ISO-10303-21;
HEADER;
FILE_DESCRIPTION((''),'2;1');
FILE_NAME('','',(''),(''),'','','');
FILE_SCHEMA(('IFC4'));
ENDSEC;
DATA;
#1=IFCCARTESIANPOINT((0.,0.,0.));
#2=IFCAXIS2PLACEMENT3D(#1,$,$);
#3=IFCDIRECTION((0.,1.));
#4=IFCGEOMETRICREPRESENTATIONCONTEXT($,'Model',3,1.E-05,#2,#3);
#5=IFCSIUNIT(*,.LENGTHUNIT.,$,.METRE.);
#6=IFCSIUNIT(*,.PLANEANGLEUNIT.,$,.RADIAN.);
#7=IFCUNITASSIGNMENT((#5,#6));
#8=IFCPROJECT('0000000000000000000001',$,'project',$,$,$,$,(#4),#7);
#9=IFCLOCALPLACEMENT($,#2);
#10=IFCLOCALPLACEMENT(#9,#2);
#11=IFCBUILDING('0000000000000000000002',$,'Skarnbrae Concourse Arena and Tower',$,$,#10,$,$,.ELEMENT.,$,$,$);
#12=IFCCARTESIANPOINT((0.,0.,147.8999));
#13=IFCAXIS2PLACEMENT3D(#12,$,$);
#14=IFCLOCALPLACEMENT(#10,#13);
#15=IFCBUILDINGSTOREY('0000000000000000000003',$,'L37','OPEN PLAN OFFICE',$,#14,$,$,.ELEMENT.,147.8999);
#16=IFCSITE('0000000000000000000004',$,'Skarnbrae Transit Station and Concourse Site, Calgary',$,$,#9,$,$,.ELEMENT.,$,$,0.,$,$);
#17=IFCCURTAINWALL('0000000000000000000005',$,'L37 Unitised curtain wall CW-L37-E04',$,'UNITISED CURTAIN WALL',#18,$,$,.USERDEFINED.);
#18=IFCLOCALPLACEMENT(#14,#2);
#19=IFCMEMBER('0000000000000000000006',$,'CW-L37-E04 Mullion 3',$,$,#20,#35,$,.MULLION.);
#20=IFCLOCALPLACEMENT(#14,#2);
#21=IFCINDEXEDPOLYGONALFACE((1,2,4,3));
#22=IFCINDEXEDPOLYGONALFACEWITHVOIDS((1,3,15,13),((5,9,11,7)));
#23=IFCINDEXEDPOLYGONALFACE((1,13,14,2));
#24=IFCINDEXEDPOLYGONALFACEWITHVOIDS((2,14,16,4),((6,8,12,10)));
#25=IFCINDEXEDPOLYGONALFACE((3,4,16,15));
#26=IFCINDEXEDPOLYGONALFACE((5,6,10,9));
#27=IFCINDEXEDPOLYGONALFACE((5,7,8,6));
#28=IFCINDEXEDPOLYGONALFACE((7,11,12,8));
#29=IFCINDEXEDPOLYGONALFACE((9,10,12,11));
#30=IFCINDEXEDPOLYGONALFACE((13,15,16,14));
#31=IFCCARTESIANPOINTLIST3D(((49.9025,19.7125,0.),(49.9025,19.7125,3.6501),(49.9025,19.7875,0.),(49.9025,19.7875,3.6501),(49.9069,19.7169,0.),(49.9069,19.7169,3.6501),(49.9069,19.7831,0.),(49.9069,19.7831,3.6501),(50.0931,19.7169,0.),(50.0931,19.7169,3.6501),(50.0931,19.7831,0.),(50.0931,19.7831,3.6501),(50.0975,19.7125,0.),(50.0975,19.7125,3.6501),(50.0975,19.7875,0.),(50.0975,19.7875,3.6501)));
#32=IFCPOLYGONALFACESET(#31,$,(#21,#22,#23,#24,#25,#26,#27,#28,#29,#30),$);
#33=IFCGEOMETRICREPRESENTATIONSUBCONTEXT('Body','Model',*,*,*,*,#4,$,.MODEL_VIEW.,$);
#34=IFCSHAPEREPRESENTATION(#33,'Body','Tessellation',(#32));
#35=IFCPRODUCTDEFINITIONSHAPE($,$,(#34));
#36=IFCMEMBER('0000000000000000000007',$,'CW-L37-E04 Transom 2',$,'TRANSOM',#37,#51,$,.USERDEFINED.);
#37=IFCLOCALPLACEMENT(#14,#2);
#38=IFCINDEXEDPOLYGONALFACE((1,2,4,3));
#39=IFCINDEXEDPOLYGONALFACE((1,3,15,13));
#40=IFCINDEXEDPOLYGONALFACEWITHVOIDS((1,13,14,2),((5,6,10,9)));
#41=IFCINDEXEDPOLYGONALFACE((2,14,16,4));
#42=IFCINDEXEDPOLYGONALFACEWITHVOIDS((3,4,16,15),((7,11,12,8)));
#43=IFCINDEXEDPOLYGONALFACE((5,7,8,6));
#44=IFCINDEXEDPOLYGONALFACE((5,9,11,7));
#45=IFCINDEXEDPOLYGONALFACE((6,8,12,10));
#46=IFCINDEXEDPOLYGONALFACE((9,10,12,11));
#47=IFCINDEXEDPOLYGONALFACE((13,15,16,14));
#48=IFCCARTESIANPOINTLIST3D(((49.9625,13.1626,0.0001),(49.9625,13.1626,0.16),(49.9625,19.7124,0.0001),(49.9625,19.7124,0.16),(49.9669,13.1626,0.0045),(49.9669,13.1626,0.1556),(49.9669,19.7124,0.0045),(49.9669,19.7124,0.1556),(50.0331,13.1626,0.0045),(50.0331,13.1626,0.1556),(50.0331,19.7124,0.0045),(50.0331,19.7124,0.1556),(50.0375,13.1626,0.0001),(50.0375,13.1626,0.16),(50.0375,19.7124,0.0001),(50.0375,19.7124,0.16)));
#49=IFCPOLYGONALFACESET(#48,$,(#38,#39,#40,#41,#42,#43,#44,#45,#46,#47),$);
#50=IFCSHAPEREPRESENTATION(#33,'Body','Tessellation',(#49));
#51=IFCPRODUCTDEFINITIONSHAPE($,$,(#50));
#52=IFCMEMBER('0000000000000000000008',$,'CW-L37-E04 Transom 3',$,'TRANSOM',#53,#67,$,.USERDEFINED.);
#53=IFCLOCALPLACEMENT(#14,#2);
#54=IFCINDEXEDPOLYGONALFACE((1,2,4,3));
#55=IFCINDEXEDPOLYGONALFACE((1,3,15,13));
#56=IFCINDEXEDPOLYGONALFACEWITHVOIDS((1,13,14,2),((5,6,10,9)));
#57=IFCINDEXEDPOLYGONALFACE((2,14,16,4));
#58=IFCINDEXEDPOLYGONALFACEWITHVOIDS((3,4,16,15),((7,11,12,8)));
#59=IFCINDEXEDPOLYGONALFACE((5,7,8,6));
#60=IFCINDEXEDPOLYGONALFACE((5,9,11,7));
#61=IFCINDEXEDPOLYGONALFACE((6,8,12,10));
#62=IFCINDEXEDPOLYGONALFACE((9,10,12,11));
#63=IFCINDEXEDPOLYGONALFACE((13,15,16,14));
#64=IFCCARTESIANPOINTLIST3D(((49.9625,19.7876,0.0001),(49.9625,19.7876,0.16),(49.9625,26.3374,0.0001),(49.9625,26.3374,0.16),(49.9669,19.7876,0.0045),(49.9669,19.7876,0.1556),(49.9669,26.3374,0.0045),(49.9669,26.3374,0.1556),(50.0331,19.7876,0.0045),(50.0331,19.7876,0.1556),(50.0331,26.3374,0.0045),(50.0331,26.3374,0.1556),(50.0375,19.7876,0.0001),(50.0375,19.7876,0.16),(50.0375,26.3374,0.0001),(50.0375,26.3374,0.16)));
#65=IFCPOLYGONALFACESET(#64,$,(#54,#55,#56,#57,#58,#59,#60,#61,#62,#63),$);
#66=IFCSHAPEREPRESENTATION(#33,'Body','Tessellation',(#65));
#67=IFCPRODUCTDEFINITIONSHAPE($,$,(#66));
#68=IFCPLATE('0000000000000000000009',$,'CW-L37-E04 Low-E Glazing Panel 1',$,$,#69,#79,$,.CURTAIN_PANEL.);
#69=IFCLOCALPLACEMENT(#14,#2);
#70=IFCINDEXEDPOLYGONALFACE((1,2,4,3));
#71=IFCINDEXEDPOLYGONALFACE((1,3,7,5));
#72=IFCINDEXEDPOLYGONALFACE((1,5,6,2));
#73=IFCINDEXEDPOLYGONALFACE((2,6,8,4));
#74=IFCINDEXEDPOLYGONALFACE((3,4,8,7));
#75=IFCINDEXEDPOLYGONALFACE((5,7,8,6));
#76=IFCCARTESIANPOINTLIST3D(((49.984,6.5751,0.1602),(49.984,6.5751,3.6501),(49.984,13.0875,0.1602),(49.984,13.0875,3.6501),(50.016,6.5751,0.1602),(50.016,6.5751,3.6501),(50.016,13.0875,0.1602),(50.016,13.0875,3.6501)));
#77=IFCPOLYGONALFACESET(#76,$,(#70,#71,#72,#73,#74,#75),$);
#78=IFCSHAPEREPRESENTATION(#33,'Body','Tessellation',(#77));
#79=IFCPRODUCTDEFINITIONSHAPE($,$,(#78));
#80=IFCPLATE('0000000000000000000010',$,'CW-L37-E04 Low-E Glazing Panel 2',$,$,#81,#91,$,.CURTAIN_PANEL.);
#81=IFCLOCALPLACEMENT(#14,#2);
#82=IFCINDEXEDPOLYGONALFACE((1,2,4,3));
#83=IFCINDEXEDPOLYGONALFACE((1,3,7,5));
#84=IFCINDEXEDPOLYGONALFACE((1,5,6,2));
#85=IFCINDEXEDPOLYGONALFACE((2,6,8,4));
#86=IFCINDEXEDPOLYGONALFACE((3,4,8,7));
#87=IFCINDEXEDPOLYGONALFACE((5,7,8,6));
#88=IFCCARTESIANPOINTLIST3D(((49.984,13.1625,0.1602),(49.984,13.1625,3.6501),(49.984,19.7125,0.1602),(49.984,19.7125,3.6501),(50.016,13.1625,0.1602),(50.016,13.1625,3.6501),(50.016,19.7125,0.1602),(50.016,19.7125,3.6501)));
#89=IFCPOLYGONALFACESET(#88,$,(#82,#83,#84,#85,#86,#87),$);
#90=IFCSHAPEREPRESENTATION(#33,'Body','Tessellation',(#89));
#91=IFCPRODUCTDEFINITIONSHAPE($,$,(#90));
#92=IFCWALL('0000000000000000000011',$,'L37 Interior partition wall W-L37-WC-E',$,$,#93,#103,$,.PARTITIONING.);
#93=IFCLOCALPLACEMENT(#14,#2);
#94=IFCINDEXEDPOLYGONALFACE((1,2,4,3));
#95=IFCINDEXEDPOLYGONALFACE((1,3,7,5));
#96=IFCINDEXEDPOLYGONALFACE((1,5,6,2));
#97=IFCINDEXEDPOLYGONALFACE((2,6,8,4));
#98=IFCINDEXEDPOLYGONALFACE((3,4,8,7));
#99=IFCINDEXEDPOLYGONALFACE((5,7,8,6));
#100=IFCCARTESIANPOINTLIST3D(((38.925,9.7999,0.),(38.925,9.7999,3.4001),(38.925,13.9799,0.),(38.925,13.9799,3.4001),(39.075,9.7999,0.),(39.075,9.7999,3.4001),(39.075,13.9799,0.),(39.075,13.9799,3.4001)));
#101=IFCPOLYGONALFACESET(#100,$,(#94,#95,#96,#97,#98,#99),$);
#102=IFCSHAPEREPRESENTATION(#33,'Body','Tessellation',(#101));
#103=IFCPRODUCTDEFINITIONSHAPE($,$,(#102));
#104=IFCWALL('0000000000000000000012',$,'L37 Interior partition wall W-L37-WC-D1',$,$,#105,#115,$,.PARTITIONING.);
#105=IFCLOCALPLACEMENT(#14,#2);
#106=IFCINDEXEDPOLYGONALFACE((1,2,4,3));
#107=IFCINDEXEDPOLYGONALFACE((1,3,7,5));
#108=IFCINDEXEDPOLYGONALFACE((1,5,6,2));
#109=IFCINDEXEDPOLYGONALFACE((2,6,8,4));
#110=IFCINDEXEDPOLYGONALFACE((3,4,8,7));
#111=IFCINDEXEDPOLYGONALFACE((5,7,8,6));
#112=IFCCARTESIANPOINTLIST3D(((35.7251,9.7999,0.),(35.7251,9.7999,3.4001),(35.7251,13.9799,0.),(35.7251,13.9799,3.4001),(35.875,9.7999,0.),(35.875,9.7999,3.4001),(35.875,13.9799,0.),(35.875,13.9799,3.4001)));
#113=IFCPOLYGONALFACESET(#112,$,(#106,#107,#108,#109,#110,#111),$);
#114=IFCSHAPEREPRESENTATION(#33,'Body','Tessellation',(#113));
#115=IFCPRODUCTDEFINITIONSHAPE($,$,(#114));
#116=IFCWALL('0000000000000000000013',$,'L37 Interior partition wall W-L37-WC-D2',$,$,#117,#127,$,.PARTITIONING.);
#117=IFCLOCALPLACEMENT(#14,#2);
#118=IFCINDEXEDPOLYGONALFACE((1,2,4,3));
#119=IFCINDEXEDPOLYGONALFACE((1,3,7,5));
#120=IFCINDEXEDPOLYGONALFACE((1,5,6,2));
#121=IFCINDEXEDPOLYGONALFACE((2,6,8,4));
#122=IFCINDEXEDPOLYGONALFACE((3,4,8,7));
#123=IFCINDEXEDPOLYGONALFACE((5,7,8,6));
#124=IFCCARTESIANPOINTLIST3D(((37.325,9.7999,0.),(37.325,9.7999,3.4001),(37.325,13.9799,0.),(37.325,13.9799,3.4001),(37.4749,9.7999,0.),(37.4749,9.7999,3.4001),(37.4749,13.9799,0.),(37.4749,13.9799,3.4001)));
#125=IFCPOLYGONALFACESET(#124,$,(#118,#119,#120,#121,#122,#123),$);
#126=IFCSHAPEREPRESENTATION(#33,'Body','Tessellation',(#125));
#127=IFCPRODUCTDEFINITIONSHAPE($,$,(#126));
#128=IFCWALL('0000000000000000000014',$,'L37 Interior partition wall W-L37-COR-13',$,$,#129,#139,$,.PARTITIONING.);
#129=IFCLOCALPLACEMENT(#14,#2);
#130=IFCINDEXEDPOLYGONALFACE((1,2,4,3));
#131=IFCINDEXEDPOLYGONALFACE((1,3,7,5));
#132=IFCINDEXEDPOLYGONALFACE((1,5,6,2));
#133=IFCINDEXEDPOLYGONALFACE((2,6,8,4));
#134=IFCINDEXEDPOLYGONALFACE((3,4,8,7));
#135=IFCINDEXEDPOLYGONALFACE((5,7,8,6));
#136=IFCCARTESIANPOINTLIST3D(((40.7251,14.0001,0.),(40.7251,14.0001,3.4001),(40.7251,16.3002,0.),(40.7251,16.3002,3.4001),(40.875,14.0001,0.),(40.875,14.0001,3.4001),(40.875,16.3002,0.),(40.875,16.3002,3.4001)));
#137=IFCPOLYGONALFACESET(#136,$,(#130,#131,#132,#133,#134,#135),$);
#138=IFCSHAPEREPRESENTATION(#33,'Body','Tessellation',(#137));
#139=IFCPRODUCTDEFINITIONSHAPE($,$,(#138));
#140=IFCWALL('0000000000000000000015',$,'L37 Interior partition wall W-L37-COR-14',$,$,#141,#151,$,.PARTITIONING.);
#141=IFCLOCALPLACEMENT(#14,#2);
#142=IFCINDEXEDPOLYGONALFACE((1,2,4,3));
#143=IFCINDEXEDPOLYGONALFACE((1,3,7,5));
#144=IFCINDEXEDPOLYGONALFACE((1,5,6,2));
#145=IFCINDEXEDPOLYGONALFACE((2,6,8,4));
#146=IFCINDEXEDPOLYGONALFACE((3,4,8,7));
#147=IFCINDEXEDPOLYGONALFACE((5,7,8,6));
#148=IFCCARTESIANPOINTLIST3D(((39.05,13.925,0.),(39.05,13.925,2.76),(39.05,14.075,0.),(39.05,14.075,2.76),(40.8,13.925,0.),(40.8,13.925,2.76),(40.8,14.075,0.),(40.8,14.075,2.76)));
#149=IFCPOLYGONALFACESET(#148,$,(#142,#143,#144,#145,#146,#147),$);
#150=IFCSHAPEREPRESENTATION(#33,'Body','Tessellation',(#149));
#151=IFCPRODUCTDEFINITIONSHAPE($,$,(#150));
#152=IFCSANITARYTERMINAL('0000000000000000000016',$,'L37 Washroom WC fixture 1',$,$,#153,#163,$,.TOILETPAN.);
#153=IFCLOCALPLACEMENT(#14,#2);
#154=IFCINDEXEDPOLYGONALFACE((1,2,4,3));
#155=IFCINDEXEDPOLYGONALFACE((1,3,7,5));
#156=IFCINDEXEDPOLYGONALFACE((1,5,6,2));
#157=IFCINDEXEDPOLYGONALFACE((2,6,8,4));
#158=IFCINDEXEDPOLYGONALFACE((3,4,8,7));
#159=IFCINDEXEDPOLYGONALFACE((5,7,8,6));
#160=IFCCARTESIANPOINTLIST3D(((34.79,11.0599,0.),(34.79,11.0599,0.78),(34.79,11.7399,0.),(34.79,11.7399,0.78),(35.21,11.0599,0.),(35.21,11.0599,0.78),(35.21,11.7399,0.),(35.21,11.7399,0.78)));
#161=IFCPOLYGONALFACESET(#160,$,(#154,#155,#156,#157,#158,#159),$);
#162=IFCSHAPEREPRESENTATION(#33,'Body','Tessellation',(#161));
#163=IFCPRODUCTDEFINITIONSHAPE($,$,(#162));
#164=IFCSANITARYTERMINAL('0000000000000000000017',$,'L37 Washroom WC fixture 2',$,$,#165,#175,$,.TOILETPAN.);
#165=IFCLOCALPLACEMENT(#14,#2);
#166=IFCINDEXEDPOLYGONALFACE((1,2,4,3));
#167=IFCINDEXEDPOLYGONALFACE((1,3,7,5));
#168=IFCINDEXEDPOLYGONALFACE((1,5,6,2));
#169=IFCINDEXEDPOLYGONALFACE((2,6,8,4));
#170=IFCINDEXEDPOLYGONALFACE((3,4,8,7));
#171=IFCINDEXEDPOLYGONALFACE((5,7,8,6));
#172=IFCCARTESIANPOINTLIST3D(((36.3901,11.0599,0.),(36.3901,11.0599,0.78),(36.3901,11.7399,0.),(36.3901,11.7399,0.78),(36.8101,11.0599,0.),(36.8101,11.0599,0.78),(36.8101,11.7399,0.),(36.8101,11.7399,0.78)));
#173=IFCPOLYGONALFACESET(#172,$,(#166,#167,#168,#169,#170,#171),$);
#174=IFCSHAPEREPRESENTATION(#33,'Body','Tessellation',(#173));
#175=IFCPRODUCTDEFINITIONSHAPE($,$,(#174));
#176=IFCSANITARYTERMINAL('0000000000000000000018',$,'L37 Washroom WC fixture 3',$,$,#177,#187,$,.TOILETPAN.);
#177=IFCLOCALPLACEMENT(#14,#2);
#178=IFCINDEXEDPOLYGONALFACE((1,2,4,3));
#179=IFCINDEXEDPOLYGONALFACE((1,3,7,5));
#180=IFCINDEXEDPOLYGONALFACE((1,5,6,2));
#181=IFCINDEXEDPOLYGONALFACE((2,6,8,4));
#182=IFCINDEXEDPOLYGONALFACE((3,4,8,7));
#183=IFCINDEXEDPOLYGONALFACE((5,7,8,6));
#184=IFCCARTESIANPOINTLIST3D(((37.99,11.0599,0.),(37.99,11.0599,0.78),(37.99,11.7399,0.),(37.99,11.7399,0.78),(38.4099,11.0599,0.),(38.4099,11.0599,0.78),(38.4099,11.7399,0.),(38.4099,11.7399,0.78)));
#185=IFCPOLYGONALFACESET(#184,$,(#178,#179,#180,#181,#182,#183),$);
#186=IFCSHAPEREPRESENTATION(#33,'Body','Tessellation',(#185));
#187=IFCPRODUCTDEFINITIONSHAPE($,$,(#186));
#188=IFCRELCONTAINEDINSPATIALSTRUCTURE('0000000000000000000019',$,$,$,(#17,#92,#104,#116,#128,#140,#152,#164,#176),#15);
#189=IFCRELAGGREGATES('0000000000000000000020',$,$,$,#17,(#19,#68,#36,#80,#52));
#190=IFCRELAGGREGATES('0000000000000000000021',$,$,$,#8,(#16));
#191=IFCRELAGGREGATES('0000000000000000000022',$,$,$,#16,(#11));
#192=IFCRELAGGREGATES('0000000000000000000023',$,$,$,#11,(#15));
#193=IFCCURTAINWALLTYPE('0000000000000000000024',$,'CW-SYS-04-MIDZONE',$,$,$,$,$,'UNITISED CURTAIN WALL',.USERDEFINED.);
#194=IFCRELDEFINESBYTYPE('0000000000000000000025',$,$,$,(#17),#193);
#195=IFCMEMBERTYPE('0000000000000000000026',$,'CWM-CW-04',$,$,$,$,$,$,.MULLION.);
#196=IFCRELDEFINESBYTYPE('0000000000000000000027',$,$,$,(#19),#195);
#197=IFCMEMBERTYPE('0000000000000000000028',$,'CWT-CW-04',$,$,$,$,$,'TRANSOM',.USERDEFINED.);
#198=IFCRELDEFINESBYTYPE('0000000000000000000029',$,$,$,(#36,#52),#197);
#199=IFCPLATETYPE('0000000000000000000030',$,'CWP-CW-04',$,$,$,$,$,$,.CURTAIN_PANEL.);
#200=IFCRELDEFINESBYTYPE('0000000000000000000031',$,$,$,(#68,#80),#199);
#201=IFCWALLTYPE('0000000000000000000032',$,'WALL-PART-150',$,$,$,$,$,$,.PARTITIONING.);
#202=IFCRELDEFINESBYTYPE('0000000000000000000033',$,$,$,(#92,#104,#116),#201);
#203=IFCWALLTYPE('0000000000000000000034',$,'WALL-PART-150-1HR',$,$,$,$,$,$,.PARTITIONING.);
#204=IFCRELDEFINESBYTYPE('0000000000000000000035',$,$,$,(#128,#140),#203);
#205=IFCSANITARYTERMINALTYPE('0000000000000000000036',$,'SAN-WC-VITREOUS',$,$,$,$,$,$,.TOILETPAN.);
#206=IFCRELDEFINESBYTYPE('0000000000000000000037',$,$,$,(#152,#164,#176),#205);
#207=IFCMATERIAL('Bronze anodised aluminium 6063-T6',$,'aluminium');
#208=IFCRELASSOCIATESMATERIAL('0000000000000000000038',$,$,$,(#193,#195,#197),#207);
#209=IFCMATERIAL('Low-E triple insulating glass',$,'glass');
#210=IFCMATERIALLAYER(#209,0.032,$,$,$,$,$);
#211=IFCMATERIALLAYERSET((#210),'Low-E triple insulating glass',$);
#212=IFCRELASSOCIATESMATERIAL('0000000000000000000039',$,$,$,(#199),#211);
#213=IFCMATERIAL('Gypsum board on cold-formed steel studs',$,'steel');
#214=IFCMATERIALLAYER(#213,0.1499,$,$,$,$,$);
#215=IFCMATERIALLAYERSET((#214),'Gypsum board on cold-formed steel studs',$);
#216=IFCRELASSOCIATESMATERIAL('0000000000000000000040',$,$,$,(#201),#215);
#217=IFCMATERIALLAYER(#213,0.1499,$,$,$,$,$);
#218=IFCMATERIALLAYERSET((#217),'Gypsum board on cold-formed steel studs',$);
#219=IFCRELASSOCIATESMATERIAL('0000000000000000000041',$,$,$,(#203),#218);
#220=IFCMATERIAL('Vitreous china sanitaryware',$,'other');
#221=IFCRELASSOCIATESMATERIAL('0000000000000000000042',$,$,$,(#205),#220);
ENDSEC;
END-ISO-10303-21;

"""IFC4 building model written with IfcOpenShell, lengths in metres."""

from ifc_helpers import new_model, si_unit, direction, frame, frame_2d, origin, origin_2d, place, context, subcontext, project, spatial, rectangle, hollow_rectangle, extrude, source, transform, mapped, material, layer, layer_set, material_profile, profile_set, type_object, element, aggregate, save


model = new_model("IFC4")

# Units and contexts
model_context = context("Model", 3, precision=1e-05, world=origin(), true_north=direction((0.0, 1.0)))
body_context = subcontext(model_context, "Body", "Model", "MODEL_VIEW")
ifc_project = project(units=[si_unit("LENGTHUNIT", "METRE"), si_unit("PLANEANGLEUNIT", "RADIAN")], contexts=[model_context])

# Site, building, storey
site_placement = place(None, origin())
site = spatial("IfcSite", under=ifc_project, at=site_placement, Name="Skarnbrae Transit Station and Concourse Site, Calgary", CompositionType="ELEMENT", RefElevation=0.0)
building_placement = place(site_placement, origin())
building = spatial("IfcBuilding", under=site, at=building_placement, Name="Skarnbrae Concourse Arena and Tower", CompositionType="ELEMENT")
storey_placement = place(building_placement, frame((0.0, 0.0, 147.8999)))
storey = spatial("IfcBuildingStorey", under=building, at=storey_placement, Name="L37", Description="OPEN PLAN OFFICE", CompositionType="ELEMENT", Elevation=147.8999)

# Curtain wall, members, plates
ifc_material_1 = material(Name="Bronze anodised aluminium 6063-T6", Category="aluminium")
curtain_wall_type = type_object("IfcCurtainWallType", Name="CW-SYS-04-MIDZONE", ElementType="UNITISED CURTAIN WALL", PredefinedType="USERDEFINED", material=ifc_material_1)
curtain_wall_placement = place(storey_placement, origin())
curtain_wall = element("IfcCurtainWall", 1, at=curtain_wall_placement, inside=storey, type_object=curtain_wall_type, Name="L37 Unitised curtain wall CW-L37-E04", ObjectType="UNITISED CURTAIN WALL", PredefinedType="USERDEFINED")
ifc_material_profile_1 = material_profile(ifc_material_1, hollow_rectangle(XDim=0.075, YDim=0.1951, WallThickness=0.0044, at=origin_2d()), Name="ALU-MULL-75X195")
ifc_profile_set_1 = profile_set([ifc_material_profile_1], Name="Bronze anodised aluminium 6063-T6")
member_type_1 = type_object("IfcMemberType", Name="CWM-CW-04", PredefinedType="MULLION", material=ifc_profile_set_1)
shared_shape_1 = source(origin(), body_context, "Body", "SweptSolid", [
    extrude(hollow_rectangle(XDim=0.075, YDim=0.1951, WallThickness=0.0044, at=origin_2d()), origin(), (0.0, 0.0, 1.0), 3.6501),
])
member_1_placement = place(storey_placement, frame((50.0, 19.75, 0.0), z_axis=(0.0, 0.0, 1.0), x_axis=(0.0, 1.0, 0.0)))
member_1 = element("IfcMember", 2, at=member_1_placement, type_object=member_type_1, Name="CW-L37-E04 Mullion 3", PredefinedType="MULLION", context=body_context, shape_type="MappedRepresentation", body=[
    mapped(shared_shape_1, transform((0.0, 0.0, 0.0))),
])
ifc_material_profile_2 = material_profile(ifc_material_1, hollow_rectangle(XDim=0.075, YDim=0.1599, WallThickness=0.0044, at=origin_2d()), Name="ALU-TRAN-75X160")
ifc_profile_set_2 = profile_set([ifc_material_profile_2], Name="Bronze anodised aluminium 6063-T6")
member_type_2 = type_object("IfcMemberType", Name="CWT-CW-04", ElementType="TRANSOM", PredefinedType="USERDEFINED", material=ifc_profile_set_2)
shared_shape_2 = source(origin(), body_context, "Body", "SweptSolid", [
    extrude(hollow_rectangle(XDim=0.075, YDim=0.1599, WallThickness=0.0044, at=origin_2d()), origin(), (0.0, 0.0, 1.0), 6.5498),
])
member_2_placement = place(storey_placement, frame((50.0, 13.1626, 0.0801), z_axis=(0.0, 1.0, 0.0), x_axis=(-1.0, 0.0, 0.0)))
member_2 = element("IfcMember", 3, at=member_2_placement, type_object=member_type_2, Name="CW-L37-E04 Transom 2", ObjectType="TRANSOM", PredefinedType="USERDEFINED", context=body_context, shape_type="MappedRepresentation", body=[
    mapped(shared_shape_2, transform((0.0, 0.0, 0.0))),
])
member_3_placement = place(storey_placement, frame((50.0, 19.7876, 0.0801), z_axis=(0.0, 1.0, 0.0), x_axis=(-1.0, 0.0, 0.0)))
member_3 = element("IfcMember", 4, at=member_3_placement, type_object=member_type_2, Name="CW-L37-E04 Transom 3", ObjectType="TRANSOM", PredefinedType="USERDEFINED", context=body_context, shape_type="MappedRepresentation", body=[
    mapped(shared_shape_2, transform((0.0, 0.0, 0.0))),
])
ifc_material_2 = material(Name="Low-E triple insulating glass", Category="glass")
ifc_layer_1 = layer(ifc_material_2, 0.032)
ifc_layer_set_1 = layer_set([ifc_layer_1], Name="Low-E triple insulating glass")
plate_type = type_object("IfcPlateType", Name="CWP-CW-04", PredefinedType="CURTAIN_PANEL", material=ifc_layer_set_1)
shared_shape_3 = source(origin(), body_context, "Body", "SweptSolid", [
    extrude(rectangle(XDim=6.5125, YDim=0.032, at=origin_2d()), origin(), (0.0, 0.0, 1.0), 3.49),
])
plate_1_placement = place(storey_placement, frame((50.0, 9.8313, 0.1602), z_axis=(0.0, 0.0, 1.0), x_axis=(0.0, 1.0, 0.0)))
plate_1 = element("IfcPlate", 5, at=plate_1_placement, type_object=plate_type, Name="CW-L37-E04 Low-E Glazing Panel 1", PredefinedType="CURTAIN_PANEL", context=body_context, shape_type="MappedRepresentation", body=[
    mapped(shared_shape_3, transform((0.0, 0.0, 0.0))),
])
shared_shape_4 = source(origin(), body_context, "Body", "SweptSolid", [
    extrude(rectangle(XDim=6.55, YDim=0.032, at=origin_2d()), origin(), (0.0, 0.0, 1.0), 3.49),
])
plate_2_placement = place(storey_placement, frame((50.0, 16.4375, 0.1602), z_axis=(0.0, 0.0, 1.0), x_axis=(0.0, 1.0, 0.0)))
plate_2 = element("IfcPlate", 6, at=plate_2_placement, type_object=plate_type, Name="CW-L37-E04 Low-E Glazing Panel 2", PredefinedType="CURTAIN_PANEL", context=body_context, shape_type="MappedRepresentation", body=[
    mapped(shared_shape_4, transform((0.0, 0.0, 0.0))),
])
aggregate(curtain_wall, [member_1, plate_1, member_2, plate_2, member_3])

# Walls
ifc_material_3 = material(Name="Gypsum board on cold-formed steel studs", Category="steel")
ifc_layer_2 = layer(ifc_material_3, 0.1499)
ifc_layer_set_2 = layer_set([ifc_layer_2], Name="Gypsum board on cold-formed steel studs")
wall_type_1 = type_object("IfcWallType", Name="WALL-PART-150", PredefinedType="PARTITIONING", material=ifc_layer_set_2)
shared_shape_5 = source(origin(), body_context, "Body", "SweptSolid", [
    extrude(rectangle(XDim=4.1799, YDim=0.1499, at=frame_2d((2.0898, 0.0))), origin(), (0.0, 0.0, 1.0), 3.4001),
])
for number, where, z_axis, x_axis, name in (
    (7, (39.0, 9.8, 0.0), (0.0, 0.0, 1.0), (0.0, 1.0, 0.0), "L37 Interior partition wall W-L37-WC-E"),
    (8, (35.8, 9.8, 0.0), (0.0, 0.0, 1.0), (0.0, 1.0, 0.0), "L37 Interior partition wall W-L37-WC-D1"),
    (9, (37.3999, 9.8, 0.0), (0.0, 0.0, 1.0), (0.0, 1.0, 0.0), "L37 Interior partition wall W-L37-WC-D2"),
):
    element("IfcWall", number, at=place(storey_placement, frame(where, z_axis=z_axis, x_axis=x_axis)), inside=storey, type_object=wall_type_1, Name=name, PredefinedType="PARTITIONING", context=body_context, shape_type="MappedRepresentation", body=[
        mapped(shared_shape_5, transform((0.0, 0.0, 0.0))),
    ])
ifc_layer_3 = layer(ifc_material_3, 0.1499)
ifc_layer_set_3 = layer_set([ifc_layer_3], Name="Gypsum board on cold-formed steel studs")
wall_type_2 = type_object("IfcWallType", Name="WALL-PART-150-1HR", PredefinedType="PARTITIONING", material=ifc_layer_set_3)
shared_shape_6 = source(origin(), body_context, "Body", "SweptSolid", [
    extrude(rectangle(XDim=2.3, YDim=0.1499, at=frame_2d((1.1499, 0.0))), origin(), (0.0, 0.0, 1.0), 3.4001),
])
wall_1_placement = place(storey_placement, frame((40.8, 16.3, 0.0), z_axis=(0.0, 0.0, 1.0), x_axis=(0.0, -1.0, 0.0)))
element("IfcWall", 10, at=wall_1_placement, inside=storey, type_object=wall_type_2, Name="L37 Interior partition wall W-L37-COR-13", PredefinedType="PARTITIONING", context=body_context, shape_type="MappedRepresentation", body=[
    mapped(shared_shape_6, transform((0.0, 0.0, 0.0))),
])
shared_shape_7 = source(origin(), body_context, "Body", "SweptSolid", [
    extrude(rectangle(XDim=1.75, YDim=0.1499, at=frame_2d((0.875, 0.0))), origin(), (0.0, 0.0, 1.0), 2.76),
])
wall_2_placement = place(storey_placement, frame((40.8, 14.0, 0.0), z_axis=(0.0, 0.0, 1.0), x_axis=(-1.0, 0.0, 0.0)))
element("IfcWall", 11, at=wall_2_placement, inside=storey, type_object=wall_type_2, Name="L37 Interior partition wall W-L37-COR-14", PredefinedType="PARTITIONING", context=body_context, shape_type="MappedRepresentation", body=[
    mapped(shared_shape_7, transform((0.0, 0.0, 0.0))),
])

# Sanitary terminals
ifc_material_4 = material(Name="Vitreous china sanitaryware", Category="other")
sanitary_terminal_type = type_object("IfcSanitaryTerminalType", Name="SAN-WC-VITREOUS", PredefinedType="TOILETPAN", material=ifc_material_4)
shared_shape_8 = source(origin(), body_context, "Body", "SweptSolid", [
    extrude(rectangle(XDim=0.4199, YDim=0.6799, at=origin_2d()), origin(), (0.0, 0.0, 1.0), 0.78),
])
for number, where, z_axis, x_axis, name in (
    (12, (35.0, 11.3999, 0.0), (0.0, 0.0, 1.0), (1.0, 0.0, 0.0), "L37 Washroom WC fixture 1"),
    (13, (36.6001, 11.3999, 0.0), (0.0, 0.0, 1.0), (1.0, 0.0, 0.0), "L37 Washroom WC fixture 2"),
    (14, (38.2, 11.3999, 0.0), (0.0, 0.0, 1.0), (1.0, 0.0, 0.0), "L37 Washroom WC fixture 3"),
):
    element("IfcSanitaryTerminal", number, at=place(storey_placement, frame(where, z_axis=z_axis, x_axis=x_axis)), inside=storey, type_object=sanitary_terminal_type, Name=name, PredefinedType="TOILETPAN", context=body_context, shape_type="MappedRepresentation", body=[
        mapped(shared_shape_8, transform((0.0, 0.0, 0.0))),
    ])

save(model, "model.ifc")
